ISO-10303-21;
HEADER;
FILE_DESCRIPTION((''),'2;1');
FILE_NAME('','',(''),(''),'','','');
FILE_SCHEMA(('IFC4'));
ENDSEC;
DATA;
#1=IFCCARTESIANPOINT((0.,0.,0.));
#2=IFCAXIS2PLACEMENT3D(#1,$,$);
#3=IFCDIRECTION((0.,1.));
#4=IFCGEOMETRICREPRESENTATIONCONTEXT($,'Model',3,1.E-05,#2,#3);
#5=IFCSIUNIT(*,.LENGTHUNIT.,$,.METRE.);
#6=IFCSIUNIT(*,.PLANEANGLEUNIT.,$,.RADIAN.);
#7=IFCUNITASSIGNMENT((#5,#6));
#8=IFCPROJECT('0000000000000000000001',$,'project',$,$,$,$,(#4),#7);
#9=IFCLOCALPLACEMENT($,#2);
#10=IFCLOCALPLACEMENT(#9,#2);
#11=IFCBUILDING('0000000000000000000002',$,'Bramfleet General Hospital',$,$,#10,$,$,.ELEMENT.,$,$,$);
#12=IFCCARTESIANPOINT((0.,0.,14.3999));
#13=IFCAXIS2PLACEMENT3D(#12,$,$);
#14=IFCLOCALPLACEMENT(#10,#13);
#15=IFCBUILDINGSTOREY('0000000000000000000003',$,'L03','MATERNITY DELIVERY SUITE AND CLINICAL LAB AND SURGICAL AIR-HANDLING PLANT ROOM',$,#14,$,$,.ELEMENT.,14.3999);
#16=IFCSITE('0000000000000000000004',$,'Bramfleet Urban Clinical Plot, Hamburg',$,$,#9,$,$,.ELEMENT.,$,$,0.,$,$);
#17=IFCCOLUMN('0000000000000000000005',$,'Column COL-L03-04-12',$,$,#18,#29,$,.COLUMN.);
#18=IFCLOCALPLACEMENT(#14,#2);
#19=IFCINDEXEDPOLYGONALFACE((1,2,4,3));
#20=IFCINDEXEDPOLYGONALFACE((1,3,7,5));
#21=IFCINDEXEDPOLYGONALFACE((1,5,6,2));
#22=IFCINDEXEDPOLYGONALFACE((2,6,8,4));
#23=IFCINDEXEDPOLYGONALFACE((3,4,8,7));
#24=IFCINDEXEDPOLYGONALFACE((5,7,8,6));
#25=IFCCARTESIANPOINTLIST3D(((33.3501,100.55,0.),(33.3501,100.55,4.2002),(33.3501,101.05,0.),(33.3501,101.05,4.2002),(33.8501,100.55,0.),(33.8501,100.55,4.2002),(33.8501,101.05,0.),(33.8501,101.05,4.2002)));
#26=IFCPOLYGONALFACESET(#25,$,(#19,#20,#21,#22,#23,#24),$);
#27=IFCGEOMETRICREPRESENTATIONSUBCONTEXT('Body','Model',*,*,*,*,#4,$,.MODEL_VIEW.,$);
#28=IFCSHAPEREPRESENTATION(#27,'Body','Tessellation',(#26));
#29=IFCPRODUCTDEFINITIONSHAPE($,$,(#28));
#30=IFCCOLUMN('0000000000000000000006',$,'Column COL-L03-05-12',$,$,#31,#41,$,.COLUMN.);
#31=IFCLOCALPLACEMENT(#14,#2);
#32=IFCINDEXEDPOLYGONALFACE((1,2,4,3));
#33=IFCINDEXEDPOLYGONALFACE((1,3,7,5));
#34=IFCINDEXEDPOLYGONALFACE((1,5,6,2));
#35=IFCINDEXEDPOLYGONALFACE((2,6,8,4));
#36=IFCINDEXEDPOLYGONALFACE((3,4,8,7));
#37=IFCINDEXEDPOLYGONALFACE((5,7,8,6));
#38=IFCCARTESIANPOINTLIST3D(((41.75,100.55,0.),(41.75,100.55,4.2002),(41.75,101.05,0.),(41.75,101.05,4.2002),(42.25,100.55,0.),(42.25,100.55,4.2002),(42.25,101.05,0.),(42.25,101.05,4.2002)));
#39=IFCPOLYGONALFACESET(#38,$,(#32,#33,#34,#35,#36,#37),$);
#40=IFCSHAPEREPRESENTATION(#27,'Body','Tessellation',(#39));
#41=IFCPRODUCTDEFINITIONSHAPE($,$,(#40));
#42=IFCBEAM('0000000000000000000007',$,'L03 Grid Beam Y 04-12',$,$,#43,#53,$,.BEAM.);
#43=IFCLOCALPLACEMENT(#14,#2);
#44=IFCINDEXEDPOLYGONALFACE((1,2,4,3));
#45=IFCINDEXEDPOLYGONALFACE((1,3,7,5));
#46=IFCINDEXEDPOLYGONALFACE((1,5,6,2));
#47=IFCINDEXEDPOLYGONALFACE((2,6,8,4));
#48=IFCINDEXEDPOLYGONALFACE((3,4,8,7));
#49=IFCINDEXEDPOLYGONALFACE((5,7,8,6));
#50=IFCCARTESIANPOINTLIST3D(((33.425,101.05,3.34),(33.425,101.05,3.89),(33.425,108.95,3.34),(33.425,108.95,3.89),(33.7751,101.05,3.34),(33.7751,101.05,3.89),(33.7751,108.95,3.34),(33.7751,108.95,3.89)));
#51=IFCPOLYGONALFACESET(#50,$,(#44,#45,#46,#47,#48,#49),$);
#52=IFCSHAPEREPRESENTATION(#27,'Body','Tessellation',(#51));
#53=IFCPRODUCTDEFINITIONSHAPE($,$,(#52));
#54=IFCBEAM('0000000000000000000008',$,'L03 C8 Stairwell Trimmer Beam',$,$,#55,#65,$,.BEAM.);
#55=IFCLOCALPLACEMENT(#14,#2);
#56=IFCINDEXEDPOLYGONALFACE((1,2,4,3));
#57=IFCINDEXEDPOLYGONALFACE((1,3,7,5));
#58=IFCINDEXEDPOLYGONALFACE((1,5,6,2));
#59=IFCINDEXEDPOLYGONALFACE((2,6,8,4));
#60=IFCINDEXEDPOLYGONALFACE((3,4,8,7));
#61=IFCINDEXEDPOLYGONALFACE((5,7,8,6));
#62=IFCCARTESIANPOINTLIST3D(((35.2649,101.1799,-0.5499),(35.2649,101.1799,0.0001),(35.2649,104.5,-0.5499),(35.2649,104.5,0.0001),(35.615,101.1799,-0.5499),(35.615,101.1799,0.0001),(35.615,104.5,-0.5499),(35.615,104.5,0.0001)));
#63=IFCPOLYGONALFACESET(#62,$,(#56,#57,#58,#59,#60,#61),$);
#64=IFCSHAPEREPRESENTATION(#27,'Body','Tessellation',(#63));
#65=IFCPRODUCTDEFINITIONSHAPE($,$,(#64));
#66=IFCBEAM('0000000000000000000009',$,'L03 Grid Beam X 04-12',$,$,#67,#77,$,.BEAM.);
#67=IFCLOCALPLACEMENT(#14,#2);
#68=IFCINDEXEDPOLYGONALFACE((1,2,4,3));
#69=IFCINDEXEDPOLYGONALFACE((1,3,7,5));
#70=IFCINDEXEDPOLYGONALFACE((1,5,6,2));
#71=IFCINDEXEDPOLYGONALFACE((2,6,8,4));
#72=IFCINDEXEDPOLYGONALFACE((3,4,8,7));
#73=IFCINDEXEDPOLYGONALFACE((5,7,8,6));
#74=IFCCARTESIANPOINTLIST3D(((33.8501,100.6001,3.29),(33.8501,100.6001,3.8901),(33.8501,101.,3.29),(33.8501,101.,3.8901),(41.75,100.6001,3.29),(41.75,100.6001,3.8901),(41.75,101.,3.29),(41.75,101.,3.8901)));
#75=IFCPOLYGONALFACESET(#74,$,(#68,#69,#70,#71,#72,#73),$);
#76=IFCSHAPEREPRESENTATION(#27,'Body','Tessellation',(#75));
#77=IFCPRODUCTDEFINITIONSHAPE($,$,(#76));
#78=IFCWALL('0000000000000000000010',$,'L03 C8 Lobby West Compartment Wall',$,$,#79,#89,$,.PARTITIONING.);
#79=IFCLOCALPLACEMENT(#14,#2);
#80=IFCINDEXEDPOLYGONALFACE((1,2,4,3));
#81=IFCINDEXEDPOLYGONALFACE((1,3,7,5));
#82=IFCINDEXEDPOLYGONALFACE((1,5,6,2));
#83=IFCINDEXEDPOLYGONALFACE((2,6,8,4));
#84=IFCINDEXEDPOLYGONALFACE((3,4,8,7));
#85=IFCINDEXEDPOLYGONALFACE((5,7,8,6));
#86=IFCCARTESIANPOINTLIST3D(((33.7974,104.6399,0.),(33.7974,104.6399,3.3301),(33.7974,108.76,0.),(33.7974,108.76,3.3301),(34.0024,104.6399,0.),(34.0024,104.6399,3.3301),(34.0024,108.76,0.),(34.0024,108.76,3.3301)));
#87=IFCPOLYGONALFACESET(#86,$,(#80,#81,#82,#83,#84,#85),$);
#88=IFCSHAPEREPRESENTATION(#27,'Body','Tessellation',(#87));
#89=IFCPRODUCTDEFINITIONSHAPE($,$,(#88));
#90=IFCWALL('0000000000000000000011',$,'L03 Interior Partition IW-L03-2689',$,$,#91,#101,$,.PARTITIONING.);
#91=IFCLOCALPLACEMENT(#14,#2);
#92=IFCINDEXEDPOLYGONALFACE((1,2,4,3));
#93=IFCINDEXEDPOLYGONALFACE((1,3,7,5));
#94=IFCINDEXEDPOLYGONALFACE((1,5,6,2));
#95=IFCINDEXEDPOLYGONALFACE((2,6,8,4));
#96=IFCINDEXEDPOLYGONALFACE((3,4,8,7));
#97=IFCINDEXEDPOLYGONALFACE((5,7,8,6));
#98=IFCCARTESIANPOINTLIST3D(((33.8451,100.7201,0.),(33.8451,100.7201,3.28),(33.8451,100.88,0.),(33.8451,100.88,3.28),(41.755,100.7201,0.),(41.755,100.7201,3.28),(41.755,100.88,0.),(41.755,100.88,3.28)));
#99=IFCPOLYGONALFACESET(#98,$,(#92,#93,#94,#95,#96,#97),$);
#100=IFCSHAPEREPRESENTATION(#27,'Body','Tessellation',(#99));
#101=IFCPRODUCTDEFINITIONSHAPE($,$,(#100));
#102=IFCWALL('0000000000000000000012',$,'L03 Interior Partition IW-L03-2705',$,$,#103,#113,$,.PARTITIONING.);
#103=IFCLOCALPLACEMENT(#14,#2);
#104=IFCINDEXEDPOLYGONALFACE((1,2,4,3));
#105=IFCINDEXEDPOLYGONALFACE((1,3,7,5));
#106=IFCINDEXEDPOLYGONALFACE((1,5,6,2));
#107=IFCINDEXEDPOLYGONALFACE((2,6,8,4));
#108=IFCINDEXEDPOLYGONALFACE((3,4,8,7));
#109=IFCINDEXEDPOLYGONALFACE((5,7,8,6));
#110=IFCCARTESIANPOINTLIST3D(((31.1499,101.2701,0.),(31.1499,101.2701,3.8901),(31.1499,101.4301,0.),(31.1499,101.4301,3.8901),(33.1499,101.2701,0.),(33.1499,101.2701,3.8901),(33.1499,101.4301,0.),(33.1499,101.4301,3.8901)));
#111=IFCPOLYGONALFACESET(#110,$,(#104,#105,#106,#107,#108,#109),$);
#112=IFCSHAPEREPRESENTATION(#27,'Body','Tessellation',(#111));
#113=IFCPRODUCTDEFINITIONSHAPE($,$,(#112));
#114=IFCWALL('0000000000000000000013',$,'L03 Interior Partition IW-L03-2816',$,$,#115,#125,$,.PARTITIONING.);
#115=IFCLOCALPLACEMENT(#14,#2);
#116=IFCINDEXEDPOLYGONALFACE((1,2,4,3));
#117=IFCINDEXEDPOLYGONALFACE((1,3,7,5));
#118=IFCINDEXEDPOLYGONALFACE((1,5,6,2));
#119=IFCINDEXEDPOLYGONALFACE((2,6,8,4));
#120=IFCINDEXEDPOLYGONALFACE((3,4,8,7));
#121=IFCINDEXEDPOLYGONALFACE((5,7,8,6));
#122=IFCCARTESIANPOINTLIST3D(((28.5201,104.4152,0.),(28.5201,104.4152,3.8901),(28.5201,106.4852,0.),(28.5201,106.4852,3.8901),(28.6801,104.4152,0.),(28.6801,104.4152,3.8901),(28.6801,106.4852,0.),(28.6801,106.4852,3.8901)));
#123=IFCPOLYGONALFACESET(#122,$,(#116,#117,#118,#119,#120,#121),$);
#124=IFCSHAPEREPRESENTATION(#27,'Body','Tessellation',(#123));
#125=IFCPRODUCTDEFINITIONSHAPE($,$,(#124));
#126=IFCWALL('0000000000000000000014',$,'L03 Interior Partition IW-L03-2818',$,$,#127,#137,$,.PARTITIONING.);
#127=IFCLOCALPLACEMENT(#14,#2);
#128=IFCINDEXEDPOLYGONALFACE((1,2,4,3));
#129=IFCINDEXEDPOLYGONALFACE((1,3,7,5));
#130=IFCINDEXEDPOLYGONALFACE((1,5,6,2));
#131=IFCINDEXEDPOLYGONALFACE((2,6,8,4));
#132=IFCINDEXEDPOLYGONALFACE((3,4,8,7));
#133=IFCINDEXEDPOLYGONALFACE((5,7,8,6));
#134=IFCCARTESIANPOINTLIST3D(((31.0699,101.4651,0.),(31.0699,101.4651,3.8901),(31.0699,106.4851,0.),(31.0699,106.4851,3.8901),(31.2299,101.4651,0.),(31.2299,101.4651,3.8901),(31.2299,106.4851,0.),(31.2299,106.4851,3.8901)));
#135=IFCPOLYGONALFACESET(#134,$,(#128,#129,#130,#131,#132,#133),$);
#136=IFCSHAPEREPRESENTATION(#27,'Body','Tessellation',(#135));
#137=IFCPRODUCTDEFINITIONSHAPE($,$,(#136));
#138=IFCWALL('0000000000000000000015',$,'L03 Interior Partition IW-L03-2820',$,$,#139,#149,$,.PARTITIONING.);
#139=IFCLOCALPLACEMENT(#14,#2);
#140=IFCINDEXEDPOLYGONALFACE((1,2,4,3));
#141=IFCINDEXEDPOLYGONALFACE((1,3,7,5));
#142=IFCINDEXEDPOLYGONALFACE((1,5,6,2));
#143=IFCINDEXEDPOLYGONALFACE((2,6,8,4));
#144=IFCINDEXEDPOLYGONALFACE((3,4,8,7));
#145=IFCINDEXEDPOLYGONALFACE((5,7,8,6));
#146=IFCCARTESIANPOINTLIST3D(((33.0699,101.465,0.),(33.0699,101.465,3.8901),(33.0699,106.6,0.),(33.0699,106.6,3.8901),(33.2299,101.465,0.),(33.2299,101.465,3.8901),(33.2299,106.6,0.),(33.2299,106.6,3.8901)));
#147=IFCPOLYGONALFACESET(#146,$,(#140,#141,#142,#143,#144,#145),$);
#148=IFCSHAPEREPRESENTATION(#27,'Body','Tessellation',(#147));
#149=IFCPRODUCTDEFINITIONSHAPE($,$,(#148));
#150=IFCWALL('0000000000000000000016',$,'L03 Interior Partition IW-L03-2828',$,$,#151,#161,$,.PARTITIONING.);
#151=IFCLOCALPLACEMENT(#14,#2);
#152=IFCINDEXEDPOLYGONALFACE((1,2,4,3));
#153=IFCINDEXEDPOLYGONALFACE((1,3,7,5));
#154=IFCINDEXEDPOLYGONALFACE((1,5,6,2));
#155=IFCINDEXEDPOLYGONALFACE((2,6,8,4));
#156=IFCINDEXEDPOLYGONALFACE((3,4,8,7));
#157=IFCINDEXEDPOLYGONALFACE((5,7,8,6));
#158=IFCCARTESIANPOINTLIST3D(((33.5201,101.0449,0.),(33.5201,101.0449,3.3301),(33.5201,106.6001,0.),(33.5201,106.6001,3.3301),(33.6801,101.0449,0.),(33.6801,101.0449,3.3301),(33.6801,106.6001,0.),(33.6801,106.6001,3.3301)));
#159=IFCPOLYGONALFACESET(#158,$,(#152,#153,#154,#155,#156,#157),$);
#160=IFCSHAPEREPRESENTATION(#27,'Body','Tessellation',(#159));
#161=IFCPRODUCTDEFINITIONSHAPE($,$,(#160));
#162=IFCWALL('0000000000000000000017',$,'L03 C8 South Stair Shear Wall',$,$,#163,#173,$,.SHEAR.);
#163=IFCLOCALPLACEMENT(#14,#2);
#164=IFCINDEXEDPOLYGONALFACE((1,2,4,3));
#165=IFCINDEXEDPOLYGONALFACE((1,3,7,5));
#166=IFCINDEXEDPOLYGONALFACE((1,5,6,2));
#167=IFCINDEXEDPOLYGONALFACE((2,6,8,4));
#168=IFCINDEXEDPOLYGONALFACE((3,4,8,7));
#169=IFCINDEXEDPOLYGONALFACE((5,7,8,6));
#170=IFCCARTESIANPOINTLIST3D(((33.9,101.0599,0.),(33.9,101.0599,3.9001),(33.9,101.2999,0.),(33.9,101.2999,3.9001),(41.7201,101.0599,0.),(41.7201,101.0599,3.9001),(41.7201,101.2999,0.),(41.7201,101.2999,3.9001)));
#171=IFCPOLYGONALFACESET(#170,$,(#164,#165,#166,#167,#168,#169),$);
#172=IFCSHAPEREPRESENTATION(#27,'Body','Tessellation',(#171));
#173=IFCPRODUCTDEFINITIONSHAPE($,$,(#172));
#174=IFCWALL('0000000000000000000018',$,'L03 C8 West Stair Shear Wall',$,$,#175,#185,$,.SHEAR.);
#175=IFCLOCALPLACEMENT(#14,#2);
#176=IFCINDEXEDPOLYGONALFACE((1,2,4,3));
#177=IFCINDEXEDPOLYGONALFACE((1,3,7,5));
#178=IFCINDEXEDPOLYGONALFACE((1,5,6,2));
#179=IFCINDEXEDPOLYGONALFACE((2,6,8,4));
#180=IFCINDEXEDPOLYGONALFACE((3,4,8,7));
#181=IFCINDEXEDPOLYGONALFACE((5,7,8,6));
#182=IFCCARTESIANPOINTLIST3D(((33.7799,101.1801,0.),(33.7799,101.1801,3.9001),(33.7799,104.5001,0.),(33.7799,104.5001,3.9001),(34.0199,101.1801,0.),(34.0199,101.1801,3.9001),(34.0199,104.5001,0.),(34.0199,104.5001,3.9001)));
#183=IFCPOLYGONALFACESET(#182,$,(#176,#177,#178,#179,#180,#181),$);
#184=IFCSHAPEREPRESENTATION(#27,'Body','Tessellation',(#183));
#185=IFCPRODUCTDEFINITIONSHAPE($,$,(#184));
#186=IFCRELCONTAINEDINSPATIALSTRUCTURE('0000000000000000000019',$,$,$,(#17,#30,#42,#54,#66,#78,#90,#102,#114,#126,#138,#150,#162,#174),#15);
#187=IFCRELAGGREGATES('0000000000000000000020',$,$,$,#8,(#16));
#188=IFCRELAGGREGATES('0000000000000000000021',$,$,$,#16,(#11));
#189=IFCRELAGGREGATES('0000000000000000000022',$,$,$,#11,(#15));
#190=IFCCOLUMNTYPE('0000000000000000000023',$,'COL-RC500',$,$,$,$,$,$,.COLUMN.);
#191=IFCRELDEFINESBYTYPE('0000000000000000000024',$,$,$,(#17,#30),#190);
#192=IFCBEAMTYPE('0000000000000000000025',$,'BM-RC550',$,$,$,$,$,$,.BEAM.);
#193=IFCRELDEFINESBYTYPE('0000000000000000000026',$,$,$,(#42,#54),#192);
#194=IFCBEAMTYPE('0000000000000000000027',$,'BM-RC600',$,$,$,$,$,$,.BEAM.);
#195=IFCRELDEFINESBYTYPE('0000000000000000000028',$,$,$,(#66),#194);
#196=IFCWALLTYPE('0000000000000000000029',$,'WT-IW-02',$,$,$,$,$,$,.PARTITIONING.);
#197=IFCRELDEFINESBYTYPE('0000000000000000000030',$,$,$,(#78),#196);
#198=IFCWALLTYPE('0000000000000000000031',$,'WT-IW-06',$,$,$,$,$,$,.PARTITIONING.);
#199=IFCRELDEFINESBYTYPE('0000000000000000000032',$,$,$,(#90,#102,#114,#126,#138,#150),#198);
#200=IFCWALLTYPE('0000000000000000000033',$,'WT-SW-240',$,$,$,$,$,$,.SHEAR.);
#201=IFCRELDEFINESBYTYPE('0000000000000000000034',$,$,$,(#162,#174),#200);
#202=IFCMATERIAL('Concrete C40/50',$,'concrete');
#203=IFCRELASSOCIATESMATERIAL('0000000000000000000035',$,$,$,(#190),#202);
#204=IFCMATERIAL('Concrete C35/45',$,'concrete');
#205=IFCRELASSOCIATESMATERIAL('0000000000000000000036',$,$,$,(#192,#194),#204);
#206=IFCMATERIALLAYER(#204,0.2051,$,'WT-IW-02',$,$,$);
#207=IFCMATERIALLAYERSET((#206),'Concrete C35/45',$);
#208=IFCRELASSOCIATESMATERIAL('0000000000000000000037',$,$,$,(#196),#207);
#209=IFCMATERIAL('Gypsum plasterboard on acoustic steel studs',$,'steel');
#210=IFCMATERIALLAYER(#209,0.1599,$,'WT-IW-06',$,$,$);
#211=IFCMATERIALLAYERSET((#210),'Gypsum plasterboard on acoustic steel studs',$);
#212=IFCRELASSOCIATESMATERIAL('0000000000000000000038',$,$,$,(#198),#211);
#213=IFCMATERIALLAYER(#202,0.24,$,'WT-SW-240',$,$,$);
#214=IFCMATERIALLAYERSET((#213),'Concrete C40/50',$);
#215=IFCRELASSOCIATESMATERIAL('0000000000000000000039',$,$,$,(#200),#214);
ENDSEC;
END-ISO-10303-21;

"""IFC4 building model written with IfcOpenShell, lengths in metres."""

from ifc_helpers import new_model, si_unit, direction, frame, frame_2d, origin, origin_2d, place, context, subcontext, project, spatial, rectangle, extrude, material, layer, layer_set, material_profile, profile_set, type_object, element, save


model = new_model("IFC4")

# Units and contexts
model_context = context("Model", 3, precision=1e-05, world=origin(), true_north=direction((0.0, 1.0)))
body_context = subcontext(model_context, "Body", "Model", "MODEL_VIEW")
ifc_project = project(units=[si_unit("LENGTHUNIT", "METRE"), si_unit("PLANEANGLEUNIT", "RADIAN")], contexts=[model_context])

# Site, building, storey
site_placement = place(None, origin())
site = spatial("IfcSite", under=ifc_project, at=site_placement, Name="Bramfleet Urban Clinical Plot, Hamburg", CompositionType="ELEMENT", RefElevation=0.0)
building_placement = place(site_placement, origin())
building = spatial("IfcBuilding", under=site, at=building_placement, Name="Bramfleet General Hospital", CompositionType="ELEMENT")
storey_placement = place(building_placement, frame((0.0, 0.0, 14.3999)))
storey = spatial("IfcBuildingStorey", under=building, at=storey_placement, Name="L03", Description="MATERNITY DELIVERY SUITE AND CLINICAL LAB AND SURGICAL AIR-HANDLING PLANT ROOM", CompositionType="ELEMENT", Elevation=14.3999)

# Columns
ifc_material_1 = material(Name="Concrete C40/50", Category="concrete")
ifc_material_profile_1 = material_profile(ifc_material_1, rectangle(XDim=0.5, YDim=0.5, at=origin_2d()), Name="RC COL 500x500")
ifc_profile_set_1 = profile_set([ifc_material_profile_1], Name="Concrete C40/50")
column_type = type_object("IfcColumnType", Name="COL-RC500", PredefinedType="COLUMN", material=ifc_profile_set_1)
for number, where, z_axis, x_axis, name in (
    (1, (33.6001, 100.8, 0.0), (0.0, 0.0, 1.0), (1.0, 0.0, 0.0), "Column COL-L03-04-12"),
    (2, (42.0, 100.8, 0.0), (0.0, 0.0, 1.0), (1.0, 0.0, 0.0), "Column COL-L03-05-12"),
):
    element("IfcColumn", number, at=place(storey_placement, frame(where, z_axis=z_axis, x_axis=x_axis)), inside=storey, type_object=column_type, Name=name, PredefinedType="COLUMN", context=body_context, shape_type="SweptSolid", body=[
        extrude(rectangle(XDim=0.5, YDim=0.5, at=origin_2d()), origin(), (0.0, 0.0, 1.0), 4.2002),
    ])

# Beams
ifc_material_2 = material(Name="Concrete C35/45", Category="concrete")
ifc_material_profile_2 = material_profile(ifc_material_2, rectangle(XDim=0.3501, YDim=0.55, at=origin_2d()), Name="RC BM 550x350")
ifc_profile_set_2 = profile_set([ifc_material_profile_2], Name="Concrete C35/45")
beam_type_1 = type_object("IfcBeamType", Name="BM-RC550", PredefinedType="BEAM", material=ifc_profile_set_2)
beam_1_placement = place(storey_placement, frame((33.6001, 101.05, 3.615), z_axis=(0.0, 1.0, 0.0), x_axis=(-1.0, 0.0, 0.0)))
element("IfcBeam", 3, at=beam_1_placement, inside=storey, type_object=beam_type_1, Name="L03 Grid Beam Y 04-12", PredefinedType="BEAM", context=body_context, shape_type="SweptSolid", body=[
    extrude(rectangle(XDim=0.3501, YDim=0.55, at=origin_2d()), origin(), (0.0, 0.0, 1.0), 7.8999),
])
beam_2_placement = place(storey_placement, frame((35.4399, 101.1799, -0.2749), z_axis=(0.0, 1.0, 0.0), x_axis=(-1.0, 0.0, 0.0)))
element("IfcBeam", 4, at=beam_2_placement, inside=storey, type_object=beam_type_1, Name="L03 C8 Stairwell Trimmer Beam", PredefinedType="BEAM", context=body_context, shape_type="SweptSolid", body=[
    extrude(rectangle(XDim=0.3501, YDim=0.55, at=origin_2d()), origin(), (0.0, 0.0, 1.0), 3.3201),
])
ifc_material_profile_3 = material_profile(ifc_material_2, rectangle(XDim=0.3999, YDim=0.6001, at=origin_2d()), Name="RC BM 600x400")
ifc_profile_set_3 = profile_set([ifc_material_profile_3], Name="Concrete C35/45")
beam_type_2 = type_object("IfcBeamType", Name="BM-RC600", PredefinedType="BEAM", material=ifc_profile_set_3)
beam_3_placement = place(storey_placement, frame((33.8501, 100.8, 3.5901), z_axis=(1.0, 0.0, 0.0), x_axis=(0.0, 1.0, 0.0)))
element("IfcBeam", 5, at=beam_3_placement, inside=storey, type_object=beam_type_2, Name="L03 Grid Beam X 04-12", PredefinedType="BEAM", context=body_context, shape_type="SweptSolid", body=[
    extrude(rectangle(XDim=0.3999, YDim=0.6001, at=origin_2d()), origin(), (0.0, 0.0, 1.0), 7.8999),
])

# Walls
ifc_layer_1 = layer(ifc_material_2, 0.2051, Name="WT-IW-02")
ifc_layer_set_1 = layer_set([ifc_layer_1], Name="Concrete C35/45")
wall_type_1 = type_object("IfcWallType", Name="WT-IW-02", PredefinedType="PARTITIONING", material=ifc_layer_set_1)
wall_1_placement = place(storey_placement, frame((33.8999, 104.6399, 0.0), z_axis=(0.0, 0.0, 1.0), x_axis=(0.0, 1.0, 0.0)))
element("IfcWall", 6, at=wall_1_placement, inside=storey, type_object=wall_type_1, Name="L03 C8 Lobby West Compartment Wall", PredefinedType="PARTITIONING", context=body_context, shape_type="SweptSolid", body=[
    extrude(rectangle(XDim=4.1201, YDim=0.2051, at=frame_2d((2.0601, 0.0))), origin(), (0.0, 0.0, 1.0), 3.3301),
])
ifc_material_3 = material(Name="Gypsum plasterboard on acoustic steel studs", Category="steel")
ifc_layer_2 = layer(ifc_material_3, 0.1599, Name="WT-IW-06")
ifc_layer_set_2 = layer_set([ifc_layer_2], Name="Gypsum plasterboard on acoustic steel studs")
wall_type_2 = type_object("IfcWallType", Name="WT-IW-06", PredefinedType="PARTITIONING", material=ifc_layer_set_2)
wall_2_placement = place(storey_placement, frame((33.845, 100.8, 0.0), z_axis=(0.0, 0.0, 1.0), x_axis=(1.0, 0.0, 0.0)))
element("IfcWall", 7, at=wall_2_placement, inside=storey, type_object=wall_type_2, Name="L03 Interior Partition IW-L03-2689", PredefinedType="PARTITIONING", context=body_context, shape_type="SweptSolid", body=[
    extrude(rectangle(XDim=7.9099, YDim=0.1599, at=frame_2d((3.9551, 0.0))), origin(), (0.0, 0.0, 1.0), 3.28),
])
wall_3_placement = place(storey_placement, frame((31.1499, 101.3501, 0.0), z_axis=(0.0, 0.0, 1.0), x_axis=(1.0, 0.0, 0.0)))
element("IfcWall", 8, at=wall_3_placement, inside=storey, type_object=wall_type_2, Name="L03 Interior Partition IW-L03-2705", PredefinedType="PARTITIONING", context=body_context, shape_type="SweptSolid", body=[
    extrude(rectangle(XDim=2.0, YDim=0.1599, at=frame_2d((1.0, 0.0))), origin(), (0.0, 0.0, 1.0), 3.8901),
])
wall_4_placement = place(storey_placement, frame((28.6001, 104.415, 0.0), z_axis=(0.0, 0.0, 1.0), x_axis=(0.0, 1.0, 0.0)))
element("IfcWall", 9, at=wall_4_placement, inside=storey, type_object=wall_type_2, Name="L03 Interior Partition IW-L03-2816", PredefinedType="PARTITIONING", context=body_context, shape_type="SweptSolid", body=[
    extrude(rectangle(XDim=2.0701, YDim=0.1599, at=frame_2d((1.0352, 0.0))), origin(), (0.0, 0.0, 1.0), 3.8901),
])
wall_5_placement = place(storey_placement, frame((31.1499, 101.4651, 0.0), z_axis=(0.0, 0.0, 1.0), x_axis=(0.0, 1.0, 0.0)))
element("IfcWall", 10, at=wall_5_placement, inside=storey, type_object=wall_type_2, Name="L03 Interior Partition IW-L03-2818", PredefinedType="PARTITIONING", context=body_context, shape_type="SweptSolid", body=[
    extrude(rectangle(XDim=5.02, YDim=0.1599, at=frame_2d((2.51, 0.0))), origin(), (0.0, 0.0, 1.0), 3.8901),
])
wall_6_placement = place(storey_placement, frame((33.1499, 101.4651, 0.0), z_axis=(0.0, 0.0, 1.0), x_axis=(0.0, 1.0, 0.0)))
element("IfcWall", 11, at=wall_6_placement, inside=storey, type_object=wall_type_2, Name="L03 Interior Partition IW-L03-2820", PredefinedType="PARTITIONING", context=body_context, shape_type="SweptSolid", body=[
    extrude(rectangle(XDim=5.135, YDim=0.1599, at=frame_2d((2.5674, 0.0))), origin(), (0.0, 0.0, 1.0), 3.8901),
])
wall_7_placement = place(storey_placement, frame((33.6001, 101.0449, 0.0), z_axis=(0.0, 0.0, 1.0), x_axis=(0.0, 1.0, 0.0)))
element("IfcWall", 12, at=wall_7_placement, inside=storey, type_object=wall_type_2, Name="L03 Interior Partition IW-L03-2828", PredefinedType="PARTITIONING", context=body_context, shape_type="SweptSolid", body=[
    extrude(rectangle(XDim=5.5552, YDim=0.1599, at=frame_2d((2.7776, 0.0))), origin(), (0.0, 0.0, 1.0), 3.3301),
])
ifc_layer_3 = layer(ifc_material_1, 0.24, Name="WT-SW-240")
ifc_layer_set_3 = layer_set([ifc_layer_3], Name="Concrete C40/50")
wall_type_3 = type_object("IfcWallType", Name="WT-SW-240", PredefinedType="SHEAR", material=ifc_layer_set_3)
wall_8_placement = place(storey_placement, frame((33.8999, 101.1799, 0.0), z_axis=(0.0, 0.0, 1.0), x_axis=(1.0, 0.0, 0.0)))
element("IfcWall", 13, at=wall_8_placement, inside=storey, type_object=wall_type_3, Name="L03 C8 South Stair Shear Wall", PredefinedType="SHEAR", context=body_context, shape_type="SweptSolid", body=[
    extrude(rectangle(XDim=7.8201, YDim=0.24, at=frame_2d((3.9102, 0.0))), origin(), (0.0, 0.0, 1.0), 3.9001),
])
for number, where, z_axis, x_axis, name in (
    (14, (33.8999, 101.1799, 0.0), (0.0, 0.0, 1.0), (0.0, 1.0, 0.0), "L03 C8 West Stair Shear Wall"),
):
    element("IfcWall", number, at=place(storey_placement, frame(where, z_axis=z_axis, x_axis=x_axis)), inside=storey, type_object=wall_type_3, Name=name, PredefinedType="SHEAR", context=body_context, shape_type="SweptSolid", body=[
        extrude(rectangle(XDim=3.3201, YDim=0.24, at=frame_2d((1.6602, 0.0))), origin(), (0.0, 0.0, 1.0), 3.9001),
    ])

save(model, "model.ifc")
